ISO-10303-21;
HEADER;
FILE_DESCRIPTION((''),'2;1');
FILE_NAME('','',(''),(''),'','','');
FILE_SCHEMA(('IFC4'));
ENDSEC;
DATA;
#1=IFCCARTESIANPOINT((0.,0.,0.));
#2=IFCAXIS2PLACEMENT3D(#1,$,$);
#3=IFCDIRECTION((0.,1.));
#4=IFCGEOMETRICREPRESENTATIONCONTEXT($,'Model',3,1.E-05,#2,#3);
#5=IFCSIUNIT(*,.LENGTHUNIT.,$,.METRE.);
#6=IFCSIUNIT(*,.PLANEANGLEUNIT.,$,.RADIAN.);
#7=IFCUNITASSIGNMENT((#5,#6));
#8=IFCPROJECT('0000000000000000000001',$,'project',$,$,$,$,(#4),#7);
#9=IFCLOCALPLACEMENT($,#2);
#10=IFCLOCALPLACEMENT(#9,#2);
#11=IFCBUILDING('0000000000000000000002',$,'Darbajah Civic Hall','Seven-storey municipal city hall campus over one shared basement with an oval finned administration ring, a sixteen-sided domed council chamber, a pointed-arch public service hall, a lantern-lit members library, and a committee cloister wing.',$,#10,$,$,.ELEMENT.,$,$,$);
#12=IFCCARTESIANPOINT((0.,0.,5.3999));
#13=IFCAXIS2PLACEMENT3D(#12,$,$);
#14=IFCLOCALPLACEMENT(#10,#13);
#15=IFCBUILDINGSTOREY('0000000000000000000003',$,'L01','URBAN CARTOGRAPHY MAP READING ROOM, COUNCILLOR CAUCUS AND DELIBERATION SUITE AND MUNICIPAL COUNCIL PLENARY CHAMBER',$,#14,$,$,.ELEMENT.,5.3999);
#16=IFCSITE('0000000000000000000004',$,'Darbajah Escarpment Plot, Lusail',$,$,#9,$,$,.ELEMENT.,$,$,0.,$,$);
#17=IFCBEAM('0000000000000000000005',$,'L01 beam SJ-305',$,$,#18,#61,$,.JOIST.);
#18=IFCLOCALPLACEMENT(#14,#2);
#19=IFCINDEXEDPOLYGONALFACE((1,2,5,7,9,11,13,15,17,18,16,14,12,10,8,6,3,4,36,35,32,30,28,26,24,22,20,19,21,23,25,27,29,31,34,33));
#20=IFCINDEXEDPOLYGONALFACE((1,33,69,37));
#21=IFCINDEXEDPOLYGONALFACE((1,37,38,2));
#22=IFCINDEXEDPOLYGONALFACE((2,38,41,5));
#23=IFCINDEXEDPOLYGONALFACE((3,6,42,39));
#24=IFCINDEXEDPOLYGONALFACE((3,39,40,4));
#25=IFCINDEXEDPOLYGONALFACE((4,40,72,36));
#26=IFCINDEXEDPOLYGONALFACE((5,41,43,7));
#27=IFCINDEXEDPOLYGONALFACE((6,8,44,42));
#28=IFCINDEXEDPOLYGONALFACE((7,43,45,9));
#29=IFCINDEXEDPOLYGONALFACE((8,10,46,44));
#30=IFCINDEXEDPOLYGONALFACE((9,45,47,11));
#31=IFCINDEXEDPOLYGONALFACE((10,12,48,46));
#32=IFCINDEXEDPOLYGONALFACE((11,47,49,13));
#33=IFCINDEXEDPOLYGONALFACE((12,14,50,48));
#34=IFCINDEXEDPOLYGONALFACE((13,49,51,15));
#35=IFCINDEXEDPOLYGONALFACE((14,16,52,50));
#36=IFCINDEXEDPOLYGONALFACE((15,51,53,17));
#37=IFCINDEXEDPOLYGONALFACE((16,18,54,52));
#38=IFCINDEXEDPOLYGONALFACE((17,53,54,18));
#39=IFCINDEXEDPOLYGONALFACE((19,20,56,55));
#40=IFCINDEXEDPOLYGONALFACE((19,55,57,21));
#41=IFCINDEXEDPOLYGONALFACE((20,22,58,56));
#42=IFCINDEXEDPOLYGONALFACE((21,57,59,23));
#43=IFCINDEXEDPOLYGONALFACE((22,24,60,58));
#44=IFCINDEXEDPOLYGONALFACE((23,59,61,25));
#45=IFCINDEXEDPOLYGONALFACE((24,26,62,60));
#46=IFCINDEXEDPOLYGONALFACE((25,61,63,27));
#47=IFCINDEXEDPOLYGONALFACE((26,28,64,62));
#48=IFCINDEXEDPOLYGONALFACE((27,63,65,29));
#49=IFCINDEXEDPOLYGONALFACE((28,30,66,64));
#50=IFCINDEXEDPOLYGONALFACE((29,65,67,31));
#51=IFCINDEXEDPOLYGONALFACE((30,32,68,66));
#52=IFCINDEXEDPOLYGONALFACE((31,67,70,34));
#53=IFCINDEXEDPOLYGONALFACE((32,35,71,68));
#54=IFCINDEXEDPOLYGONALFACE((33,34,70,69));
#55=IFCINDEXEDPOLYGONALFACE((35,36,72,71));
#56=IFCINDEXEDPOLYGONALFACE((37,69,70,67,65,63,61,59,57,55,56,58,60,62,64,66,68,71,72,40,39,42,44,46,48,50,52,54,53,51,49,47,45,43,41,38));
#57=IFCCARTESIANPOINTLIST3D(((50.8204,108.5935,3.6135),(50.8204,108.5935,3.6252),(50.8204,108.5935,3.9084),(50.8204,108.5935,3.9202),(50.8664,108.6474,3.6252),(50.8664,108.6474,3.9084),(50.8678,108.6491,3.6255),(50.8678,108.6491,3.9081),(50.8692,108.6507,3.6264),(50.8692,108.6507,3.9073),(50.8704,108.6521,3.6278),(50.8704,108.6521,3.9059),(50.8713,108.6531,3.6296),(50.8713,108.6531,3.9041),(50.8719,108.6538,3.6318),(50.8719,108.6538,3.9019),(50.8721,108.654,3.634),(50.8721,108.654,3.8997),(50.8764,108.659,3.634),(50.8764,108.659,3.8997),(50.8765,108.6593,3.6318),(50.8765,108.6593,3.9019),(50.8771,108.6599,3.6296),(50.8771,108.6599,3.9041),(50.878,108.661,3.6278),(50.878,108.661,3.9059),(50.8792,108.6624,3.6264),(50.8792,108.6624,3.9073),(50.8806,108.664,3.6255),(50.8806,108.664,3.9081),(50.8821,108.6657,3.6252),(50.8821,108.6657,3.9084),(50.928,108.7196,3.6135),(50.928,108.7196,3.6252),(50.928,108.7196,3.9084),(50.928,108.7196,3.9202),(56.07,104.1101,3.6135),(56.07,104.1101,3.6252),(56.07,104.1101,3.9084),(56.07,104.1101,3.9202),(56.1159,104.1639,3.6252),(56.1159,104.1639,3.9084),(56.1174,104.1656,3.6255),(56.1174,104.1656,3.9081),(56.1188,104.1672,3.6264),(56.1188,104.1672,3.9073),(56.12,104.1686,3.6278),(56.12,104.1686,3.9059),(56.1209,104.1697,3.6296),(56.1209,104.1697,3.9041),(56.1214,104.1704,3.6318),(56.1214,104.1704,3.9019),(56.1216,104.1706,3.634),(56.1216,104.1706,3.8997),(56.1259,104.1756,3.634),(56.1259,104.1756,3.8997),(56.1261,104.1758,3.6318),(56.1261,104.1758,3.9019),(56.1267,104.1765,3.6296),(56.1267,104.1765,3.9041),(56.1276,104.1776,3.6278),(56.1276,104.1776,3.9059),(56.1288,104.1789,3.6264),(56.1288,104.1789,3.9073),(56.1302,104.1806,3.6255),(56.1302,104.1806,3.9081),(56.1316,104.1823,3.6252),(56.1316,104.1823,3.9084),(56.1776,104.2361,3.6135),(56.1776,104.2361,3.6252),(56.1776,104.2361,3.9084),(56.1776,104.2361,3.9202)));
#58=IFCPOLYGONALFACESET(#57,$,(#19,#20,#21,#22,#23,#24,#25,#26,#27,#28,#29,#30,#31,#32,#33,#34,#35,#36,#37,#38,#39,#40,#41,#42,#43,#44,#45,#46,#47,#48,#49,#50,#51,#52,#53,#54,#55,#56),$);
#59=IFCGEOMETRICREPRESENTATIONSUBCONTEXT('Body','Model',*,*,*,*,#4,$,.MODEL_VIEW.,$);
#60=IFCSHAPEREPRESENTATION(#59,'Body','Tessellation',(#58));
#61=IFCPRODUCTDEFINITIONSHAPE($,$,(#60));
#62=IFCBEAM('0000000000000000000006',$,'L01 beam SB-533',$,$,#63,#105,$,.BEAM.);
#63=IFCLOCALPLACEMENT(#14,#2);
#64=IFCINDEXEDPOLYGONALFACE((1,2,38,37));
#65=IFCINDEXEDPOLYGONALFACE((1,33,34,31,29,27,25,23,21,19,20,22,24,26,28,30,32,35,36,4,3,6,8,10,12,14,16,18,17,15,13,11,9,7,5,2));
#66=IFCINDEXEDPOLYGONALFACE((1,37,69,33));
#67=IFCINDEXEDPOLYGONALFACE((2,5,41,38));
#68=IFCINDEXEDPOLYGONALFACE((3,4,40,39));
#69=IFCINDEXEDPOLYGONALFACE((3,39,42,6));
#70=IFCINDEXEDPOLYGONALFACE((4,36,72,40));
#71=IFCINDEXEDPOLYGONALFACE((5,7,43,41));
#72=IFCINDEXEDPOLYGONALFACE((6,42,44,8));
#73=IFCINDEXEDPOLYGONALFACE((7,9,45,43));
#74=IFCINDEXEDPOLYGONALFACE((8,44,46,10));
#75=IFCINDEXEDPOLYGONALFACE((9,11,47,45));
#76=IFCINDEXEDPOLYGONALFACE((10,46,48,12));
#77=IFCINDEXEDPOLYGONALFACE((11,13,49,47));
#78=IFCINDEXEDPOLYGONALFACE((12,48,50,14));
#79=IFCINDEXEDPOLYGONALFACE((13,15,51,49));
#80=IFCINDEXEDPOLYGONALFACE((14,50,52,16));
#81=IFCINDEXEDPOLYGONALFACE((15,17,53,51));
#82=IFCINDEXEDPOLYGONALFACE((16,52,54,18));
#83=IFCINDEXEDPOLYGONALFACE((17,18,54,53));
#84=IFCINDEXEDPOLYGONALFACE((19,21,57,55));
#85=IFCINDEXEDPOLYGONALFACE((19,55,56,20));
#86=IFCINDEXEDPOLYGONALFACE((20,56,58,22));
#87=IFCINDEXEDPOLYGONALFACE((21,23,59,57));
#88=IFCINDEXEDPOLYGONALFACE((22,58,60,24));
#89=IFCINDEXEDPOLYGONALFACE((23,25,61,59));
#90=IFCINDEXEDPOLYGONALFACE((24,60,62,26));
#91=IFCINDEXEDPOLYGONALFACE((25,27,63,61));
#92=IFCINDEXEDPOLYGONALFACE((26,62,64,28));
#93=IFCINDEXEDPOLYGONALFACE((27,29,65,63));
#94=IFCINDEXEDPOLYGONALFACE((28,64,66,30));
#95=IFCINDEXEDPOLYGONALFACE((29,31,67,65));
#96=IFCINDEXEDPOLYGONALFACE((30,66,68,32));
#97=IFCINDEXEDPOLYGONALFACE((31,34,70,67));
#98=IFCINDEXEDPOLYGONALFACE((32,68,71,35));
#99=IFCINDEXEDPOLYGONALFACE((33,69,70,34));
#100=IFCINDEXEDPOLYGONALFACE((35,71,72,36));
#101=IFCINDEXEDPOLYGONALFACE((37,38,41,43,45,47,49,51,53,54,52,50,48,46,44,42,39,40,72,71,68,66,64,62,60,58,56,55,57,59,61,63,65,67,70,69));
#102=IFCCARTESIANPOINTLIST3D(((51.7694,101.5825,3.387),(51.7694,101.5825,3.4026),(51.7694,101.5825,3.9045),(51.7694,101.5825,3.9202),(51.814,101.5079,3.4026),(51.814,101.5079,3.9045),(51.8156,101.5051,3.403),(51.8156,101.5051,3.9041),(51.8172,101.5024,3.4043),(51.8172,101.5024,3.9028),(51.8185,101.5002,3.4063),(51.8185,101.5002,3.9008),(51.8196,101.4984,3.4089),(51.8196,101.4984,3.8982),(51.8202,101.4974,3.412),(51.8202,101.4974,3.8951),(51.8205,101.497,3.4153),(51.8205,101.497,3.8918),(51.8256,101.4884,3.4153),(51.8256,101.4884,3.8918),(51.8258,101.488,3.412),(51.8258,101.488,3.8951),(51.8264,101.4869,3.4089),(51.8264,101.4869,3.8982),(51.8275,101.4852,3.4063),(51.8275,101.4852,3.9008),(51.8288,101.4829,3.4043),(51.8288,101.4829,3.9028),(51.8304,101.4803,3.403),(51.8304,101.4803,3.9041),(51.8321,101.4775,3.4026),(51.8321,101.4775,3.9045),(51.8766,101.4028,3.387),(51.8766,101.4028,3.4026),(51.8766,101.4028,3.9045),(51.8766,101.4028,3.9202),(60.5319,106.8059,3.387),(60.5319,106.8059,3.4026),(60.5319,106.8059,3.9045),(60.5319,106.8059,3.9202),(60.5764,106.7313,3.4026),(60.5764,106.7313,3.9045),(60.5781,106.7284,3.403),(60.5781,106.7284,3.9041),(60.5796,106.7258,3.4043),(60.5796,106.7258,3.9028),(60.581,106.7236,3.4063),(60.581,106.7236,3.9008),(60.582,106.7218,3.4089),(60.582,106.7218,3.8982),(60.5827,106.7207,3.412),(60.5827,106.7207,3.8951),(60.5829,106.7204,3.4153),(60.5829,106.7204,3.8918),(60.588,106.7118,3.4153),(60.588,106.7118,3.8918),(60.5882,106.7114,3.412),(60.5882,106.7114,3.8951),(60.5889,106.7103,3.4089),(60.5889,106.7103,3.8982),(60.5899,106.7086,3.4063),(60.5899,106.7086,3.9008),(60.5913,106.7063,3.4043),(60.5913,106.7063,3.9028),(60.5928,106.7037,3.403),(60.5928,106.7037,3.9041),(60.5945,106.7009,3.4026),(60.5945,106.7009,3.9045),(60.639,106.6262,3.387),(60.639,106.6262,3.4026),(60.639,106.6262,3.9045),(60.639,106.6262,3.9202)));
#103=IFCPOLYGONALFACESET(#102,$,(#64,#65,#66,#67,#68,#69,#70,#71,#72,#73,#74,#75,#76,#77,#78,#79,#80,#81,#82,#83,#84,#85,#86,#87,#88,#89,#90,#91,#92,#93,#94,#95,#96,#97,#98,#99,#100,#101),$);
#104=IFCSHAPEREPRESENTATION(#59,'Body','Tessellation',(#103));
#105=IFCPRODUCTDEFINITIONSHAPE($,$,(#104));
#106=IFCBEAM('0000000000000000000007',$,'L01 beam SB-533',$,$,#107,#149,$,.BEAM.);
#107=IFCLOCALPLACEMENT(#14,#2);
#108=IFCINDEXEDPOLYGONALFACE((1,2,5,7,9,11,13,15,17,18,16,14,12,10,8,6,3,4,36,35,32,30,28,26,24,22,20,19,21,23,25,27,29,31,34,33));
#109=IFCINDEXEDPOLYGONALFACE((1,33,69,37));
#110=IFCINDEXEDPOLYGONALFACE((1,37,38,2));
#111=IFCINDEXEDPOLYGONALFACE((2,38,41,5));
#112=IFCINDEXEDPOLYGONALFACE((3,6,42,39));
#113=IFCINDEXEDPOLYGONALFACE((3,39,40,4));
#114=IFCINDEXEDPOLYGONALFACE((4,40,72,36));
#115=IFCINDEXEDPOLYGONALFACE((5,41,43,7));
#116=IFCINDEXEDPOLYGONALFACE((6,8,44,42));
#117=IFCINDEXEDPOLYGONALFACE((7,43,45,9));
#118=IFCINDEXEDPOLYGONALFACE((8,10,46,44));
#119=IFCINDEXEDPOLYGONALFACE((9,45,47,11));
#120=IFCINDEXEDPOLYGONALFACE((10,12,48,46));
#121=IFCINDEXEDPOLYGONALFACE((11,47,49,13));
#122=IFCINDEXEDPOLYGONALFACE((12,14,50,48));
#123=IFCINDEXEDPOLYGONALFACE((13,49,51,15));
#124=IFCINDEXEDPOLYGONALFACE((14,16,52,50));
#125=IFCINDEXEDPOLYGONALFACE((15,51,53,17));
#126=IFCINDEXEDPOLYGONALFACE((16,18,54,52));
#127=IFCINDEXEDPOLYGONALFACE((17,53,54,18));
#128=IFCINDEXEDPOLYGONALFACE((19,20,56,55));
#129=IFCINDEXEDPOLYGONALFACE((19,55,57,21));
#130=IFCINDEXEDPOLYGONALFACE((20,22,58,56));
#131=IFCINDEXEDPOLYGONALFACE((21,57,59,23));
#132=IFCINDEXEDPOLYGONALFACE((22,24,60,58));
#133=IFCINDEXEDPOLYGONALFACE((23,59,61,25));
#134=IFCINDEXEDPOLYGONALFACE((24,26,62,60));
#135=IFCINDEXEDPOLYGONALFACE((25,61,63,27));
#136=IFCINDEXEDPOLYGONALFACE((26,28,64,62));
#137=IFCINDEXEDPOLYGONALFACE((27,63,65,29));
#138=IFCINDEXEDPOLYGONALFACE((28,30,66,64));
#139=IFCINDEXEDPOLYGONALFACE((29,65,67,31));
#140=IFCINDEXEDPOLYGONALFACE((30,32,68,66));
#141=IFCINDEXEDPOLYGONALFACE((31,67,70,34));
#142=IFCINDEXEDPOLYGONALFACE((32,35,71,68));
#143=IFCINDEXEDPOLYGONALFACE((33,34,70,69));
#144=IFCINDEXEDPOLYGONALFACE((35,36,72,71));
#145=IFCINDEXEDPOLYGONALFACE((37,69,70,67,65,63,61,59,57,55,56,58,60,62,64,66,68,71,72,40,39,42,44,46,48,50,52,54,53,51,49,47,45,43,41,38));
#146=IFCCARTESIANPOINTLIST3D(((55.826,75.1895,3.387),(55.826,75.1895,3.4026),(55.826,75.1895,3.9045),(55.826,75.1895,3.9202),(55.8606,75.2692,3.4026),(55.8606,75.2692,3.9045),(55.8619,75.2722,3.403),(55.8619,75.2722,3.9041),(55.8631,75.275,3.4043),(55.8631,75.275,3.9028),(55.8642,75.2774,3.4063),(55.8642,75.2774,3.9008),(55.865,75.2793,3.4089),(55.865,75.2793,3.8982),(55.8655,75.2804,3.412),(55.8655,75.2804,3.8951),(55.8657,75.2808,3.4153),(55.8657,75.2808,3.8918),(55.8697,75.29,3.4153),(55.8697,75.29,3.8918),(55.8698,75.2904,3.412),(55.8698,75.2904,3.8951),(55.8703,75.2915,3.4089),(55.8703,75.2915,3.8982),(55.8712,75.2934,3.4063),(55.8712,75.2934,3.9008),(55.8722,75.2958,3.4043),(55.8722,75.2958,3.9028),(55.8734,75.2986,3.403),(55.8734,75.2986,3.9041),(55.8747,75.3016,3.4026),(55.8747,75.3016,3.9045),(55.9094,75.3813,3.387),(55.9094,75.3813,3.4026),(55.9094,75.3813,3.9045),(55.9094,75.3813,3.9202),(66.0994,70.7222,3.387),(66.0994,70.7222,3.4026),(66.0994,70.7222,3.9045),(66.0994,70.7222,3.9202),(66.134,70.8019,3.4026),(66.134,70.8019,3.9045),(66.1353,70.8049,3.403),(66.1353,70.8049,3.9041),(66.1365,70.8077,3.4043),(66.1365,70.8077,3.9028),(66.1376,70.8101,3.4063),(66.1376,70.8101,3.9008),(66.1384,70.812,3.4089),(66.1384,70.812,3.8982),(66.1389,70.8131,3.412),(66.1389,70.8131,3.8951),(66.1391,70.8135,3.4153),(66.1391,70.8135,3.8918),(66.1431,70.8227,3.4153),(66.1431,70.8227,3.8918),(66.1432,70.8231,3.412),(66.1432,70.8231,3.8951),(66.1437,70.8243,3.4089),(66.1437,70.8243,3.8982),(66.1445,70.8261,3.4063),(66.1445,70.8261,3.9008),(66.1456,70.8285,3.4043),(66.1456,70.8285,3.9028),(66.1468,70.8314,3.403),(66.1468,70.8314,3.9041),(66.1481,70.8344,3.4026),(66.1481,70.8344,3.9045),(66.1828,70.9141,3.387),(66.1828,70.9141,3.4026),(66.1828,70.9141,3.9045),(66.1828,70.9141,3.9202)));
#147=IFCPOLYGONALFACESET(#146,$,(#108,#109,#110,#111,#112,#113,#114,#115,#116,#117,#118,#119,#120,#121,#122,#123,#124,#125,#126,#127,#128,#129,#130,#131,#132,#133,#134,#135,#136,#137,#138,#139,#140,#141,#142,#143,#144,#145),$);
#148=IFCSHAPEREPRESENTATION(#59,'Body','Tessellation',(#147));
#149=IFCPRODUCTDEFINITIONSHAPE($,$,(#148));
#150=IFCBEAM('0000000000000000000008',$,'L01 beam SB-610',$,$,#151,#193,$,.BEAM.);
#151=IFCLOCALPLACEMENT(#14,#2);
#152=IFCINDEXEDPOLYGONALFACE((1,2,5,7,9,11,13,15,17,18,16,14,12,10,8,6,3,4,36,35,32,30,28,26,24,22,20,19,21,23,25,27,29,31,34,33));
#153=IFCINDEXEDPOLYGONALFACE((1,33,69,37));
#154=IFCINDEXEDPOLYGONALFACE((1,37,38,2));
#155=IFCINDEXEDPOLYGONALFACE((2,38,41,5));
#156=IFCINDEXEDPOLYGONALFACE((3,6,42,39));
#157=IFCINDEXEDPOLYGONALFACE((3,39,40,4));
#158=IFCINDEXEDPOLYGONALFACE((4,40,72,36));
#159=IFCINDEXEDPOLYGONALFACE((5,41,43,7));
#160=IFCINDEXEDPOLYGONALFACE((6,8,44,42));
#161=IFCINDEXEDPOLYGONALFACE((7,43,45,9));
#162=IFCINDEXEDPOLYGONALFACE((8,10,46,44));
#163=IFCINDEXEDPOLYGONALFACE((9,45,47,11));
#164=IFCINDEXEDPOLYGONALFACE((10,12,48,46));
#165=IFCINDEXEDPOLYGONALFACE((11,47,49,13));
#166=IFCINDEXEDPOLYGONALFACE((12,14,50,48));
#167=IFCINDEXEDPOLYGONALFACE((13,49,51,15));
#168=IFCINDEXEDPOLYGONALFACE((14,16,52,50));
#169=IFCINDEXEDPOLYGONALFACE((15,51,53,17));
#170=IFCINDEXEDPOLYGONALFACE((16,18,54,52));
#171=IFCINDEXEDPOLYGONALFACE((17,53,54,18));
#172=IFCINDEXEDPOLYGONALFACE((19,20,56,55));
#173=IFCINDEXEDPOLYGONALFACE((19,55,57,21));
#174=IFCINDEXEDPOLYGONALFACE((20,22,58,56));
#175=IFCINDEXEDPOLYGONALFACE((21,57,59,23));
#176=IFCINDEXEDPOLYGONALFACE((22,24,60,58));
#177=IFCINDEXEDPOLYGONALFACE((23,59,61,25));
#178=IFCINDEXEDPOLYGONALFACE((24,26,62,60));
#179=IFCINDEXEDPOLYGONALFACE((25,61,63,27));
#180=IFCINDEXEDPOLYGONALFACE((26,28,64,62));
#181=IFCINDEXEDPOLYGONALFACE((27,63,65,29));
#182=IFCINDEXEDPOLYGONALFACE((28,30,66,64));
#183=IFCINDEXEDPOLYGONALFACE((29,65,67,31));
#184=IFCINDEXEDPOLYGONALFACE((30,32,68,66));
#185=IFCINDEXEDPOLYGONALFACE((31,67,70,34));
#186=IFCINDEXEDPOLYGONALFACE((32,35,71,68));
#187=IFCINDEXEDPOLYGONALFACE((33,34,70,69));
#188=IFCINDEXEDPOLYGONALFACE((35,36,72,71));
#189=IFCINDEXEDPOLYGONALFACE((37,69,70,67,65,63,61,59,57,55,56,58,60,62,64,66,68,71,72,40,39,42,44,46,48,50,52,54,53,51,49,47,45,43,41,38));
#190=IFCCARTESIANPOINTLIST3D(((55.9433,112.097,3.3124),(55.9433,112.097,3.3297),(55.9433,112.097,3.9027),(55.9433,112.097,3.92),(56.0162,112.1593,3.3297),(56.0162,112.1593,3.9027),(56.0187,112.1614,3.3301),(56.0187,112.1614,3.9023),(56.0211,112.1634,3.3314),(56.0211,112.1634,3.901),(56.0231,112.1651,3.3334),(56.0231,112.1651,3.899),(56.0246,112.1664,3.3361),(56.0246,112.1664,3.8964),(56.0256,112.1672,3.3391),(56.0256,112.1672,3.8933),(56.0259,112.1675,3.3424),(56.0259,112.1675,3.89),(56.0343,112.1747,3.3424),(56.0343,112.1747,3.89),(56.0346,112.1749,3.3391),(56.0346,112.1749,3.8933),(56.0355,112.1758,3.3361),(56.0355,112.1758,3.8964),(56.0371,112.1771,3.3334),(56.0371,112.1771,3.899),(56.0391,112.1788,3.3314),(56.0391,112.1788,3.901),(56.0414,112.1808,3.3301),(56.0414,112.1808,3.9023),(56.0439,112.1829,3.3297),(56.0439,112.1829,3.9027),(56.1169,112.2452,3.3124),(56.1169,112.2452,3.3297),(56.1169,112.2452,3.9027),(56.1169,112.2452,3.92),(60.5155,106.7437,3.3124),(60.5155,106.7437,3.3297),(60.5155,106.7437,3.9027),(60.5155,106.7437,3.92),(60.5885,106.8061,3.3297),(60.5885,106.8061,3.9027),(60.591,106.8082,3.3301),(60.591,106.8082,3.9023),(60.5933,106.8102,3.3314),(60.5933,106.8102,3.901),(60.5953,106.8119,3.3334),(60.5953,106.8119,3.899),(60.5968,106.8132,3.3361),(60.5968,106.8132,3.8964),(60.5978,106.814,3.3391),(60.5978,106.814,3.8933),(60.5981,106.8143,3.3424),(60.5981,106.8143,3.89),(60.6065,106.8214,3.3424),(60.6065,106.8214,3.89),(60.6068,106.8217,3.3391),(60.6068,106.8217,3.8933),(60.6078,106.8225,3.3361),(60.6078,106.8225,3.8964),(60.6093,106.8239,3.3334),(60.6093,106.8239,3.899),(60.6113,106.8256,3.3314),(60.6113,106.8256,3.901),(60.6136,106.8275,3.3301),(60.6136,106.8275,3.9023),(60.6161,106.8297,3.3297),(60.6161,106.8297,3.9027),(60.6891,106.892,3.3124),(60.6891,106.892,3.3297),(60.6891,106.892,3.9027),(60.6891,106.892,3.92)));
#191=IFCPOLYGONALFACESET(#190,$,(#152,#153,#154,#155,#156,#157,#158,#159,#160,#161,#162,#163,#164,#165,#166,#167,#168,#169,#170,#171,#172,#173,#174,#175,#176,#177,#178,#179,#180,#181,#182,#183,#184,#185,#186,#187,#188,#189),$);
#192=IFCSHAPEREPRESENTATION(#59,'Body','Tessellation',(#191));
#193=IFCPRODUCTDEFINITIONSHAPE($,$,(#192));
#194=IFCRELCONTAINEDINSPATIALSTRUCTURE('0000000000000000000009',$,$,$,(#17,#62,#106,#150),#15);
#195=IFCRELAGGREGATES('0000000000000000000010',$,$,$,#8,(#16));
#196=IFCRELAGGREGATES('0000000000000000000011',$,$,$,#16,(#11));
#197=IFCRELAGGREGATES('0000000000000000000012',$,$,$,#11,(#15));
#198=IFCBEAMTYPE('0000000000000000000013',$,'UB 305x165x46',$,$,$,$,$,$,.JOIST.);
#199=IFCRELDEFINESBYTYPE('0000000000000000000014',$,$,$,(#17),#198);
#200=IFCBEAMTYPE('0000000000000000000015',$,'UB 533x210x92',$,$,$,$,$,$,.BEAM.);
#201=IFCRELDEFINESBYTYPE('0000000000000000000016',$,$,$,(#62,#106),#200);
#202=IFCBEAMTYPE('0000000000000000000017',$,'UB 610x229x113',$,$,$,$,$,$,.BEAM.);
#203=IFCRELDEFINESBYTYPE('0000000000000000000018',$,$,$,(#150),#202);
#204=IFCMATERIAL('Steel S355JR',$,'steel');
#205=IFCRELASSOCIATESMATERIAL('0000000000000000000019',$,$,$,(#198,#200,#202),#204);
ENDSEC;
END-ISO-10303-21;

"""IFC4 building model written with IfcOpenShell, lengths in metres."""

from ifc_helpers import new_model, si_unit, direction, frame, origin, origin_2d, place, context, subcontext, project, spatial, i_section, extrude, material, material_profile, profile_set, type_object, element, save


model = new_model("IFC4")

# Units and contexts
model_context = context("Model", 3, precision=1e-05, world=origin(), true_north=direction((0.0, 1.0)))
body_context = subcontext(model_context, "Body", "Model", "MODEL_VIEW")
ifc_project = project(units=[si_unit("LENGTHUNIT", "METRE"), si_unit("PLANEANGLEUNIT", "RADIAN")], contexts=[model_context])

# Site, building, storey
site_placement = place(None, origin())
site = spatial("IfcSite", under=ifc_project, at=site_placement, Name="Darbajah Escarpment Plot, Lusail", CompositionType="ELEMENT", RefElevation=0.0)
building_placement = place(site_placement, origin())
building = spatial("IfcBuilding", under=site, at=building_placement, Name="Darbajah Civic Hall", Description="Seven-storey municipal city hall campus over one shared basement with an oval finned administration ring, a sixteen-sided domed council chamber, a pointed-arch public service hall, a lantern-lit members library, and a committee cloister wing.", CompositionType="ELEMENT")
storey_placement = place(building_placement, frame((0.0, 0.0, 5.3999)))
storey = spatial("IfcBuildingStorey", under=building, at=storey_placement, Name="L01", Description="URBAN CARTOGRAPHY MAP READING ROOM, COUNCILLOR CAUCUS AND DELIBERATION SUITE AND MUNICIPAL COUNCIL PLENARY CHAMBER", CompositionType="ELEMENT", Elevation=5.3999)

# Beams
ifc_material_1 = material(Name="Steel S355JR", Category="steel")
ifc_material_profile_1 = material_profile(ifc_material_1, i_section(OverallWidth=0.1658, OverallDepth=0.3066, WebThickness=0.0066, FlangeThickness=0.0117, FilletRadius=0.0088, at=origin_2d()), Name="UB 305x165x46")
ifc_profile_set_1 = profile_set([ifc_material_profile_1], Name="Steel S355JR")
beam_type_1 = type_object("IfcBeamType", Name="UB 305x165x46", PredefinedType="JOIST", material=ifc_profile_set_1)
beam_1_placement = place(storey_placement, frame((56.1238, 104.1731, 3.7668), z_axis=(-0.760414, 0.649439, 0.0), x_axis=(-0.649439, -0.760414, 0.0)))
element("IfcBeam", 1, at=beam_1_placement, inside=storey, type_object=beam_type_1, Name="L01 beam SJ-305", PredefinedType="JOIST", context=body_context, shape_type="SweptSolid", body=[
    extrude(i_section(OverallWidth=0.1658, OverallDepth=0.3066, WebThickness=0.0066, FlangeThickness=0.0117, FilletRadius=0.0088, at=origin_2d()), origin(), (0.0, 0.0, 1.0), 6.9036),
])
ifc_material_profile_2 = material_profile(ifc_material_1, i_section(OverallWidth=0.2092, OverallDepth=0.5332, WebThickness=0.01, FlangeThickness=0.0156, FilletRadius=0.0127, at=origin_2d()), Name="UB 533x210x92")
ifc_profile_set_2 = profile_set([ifc_material_profile_2], Name="Steel S355JR")
beam_type_2 = type_object("IfcBeamType", Name="UB 533x210x92", PredefinedType="BEAM", material=ifc_profile_set_2)
beam_2_placement = place(storey_placement, frame((60.5854, 106.7161, 3.6536), z_axis=(-0.858963, -0.512037, 0.0), x_axis=(0.512037, -0.858963, 0.0)))
element("IfcBeam", 2, at=beam_2_placement, inside=storey, type_object=beam_type_2, Name="L01 beam SB-533", PredefinedType="BEAM", context=body_context, shape_type="SweptSolid", body=[
    extrude(i_section(OverallWidth=0.2092, OverallDepth=0.5332, WebThickness=0.01, FlangeThickness=0.0156, FilletRadius=0.0127, at=origin_2d()), origin(), (0.0, 0.0, 1.0), 10.2012),
])
beam_3_placement = place(storey_placement, frame((55.8677, 75.2854, 3.6536), z_axis=(0.917051, -0.398769, 0.0), x_axis=(0.398769, 0.917051, 0.0)))
element("IfcBeam", 3, at=beam_3_placement, inside=storey, type_object=beam_type_2, Name="L01 beam SB-533", PredefinedType="BEAM", context=body_context, shape_type="SweptSolid", body=[
    extrude(i_section(OverallWidth=0.2092, OverallDepth=0.5332, WebThickness=0.01, FlangeThickness=0.0156, FilletRadius=0.0127, at=origin_2d()), origin(), (0.0, 0.0, 1.0), 11.2026),
])
ifc_material_profile_3 = material_profile(ifc_material_1, i_section(OverallWidth=0.2283, OverallDepth=0.6077, WebThickness=0.011, FlangeThickness=0.0173, FilletRadius=0.0127, at=origin_2d()), Name="UB 610x229x113")
ifc_profile_set_3 = profile_set([ifc_material_profile_3], Name="Steel S355JR")
beam_type_3 = type_object("IfcBeamType", Name="UB 610x229x113", PredefinedType="BEAM", material=ifc_profile_set_3)
for number, where, z_axis, x_axis, name in (
    (4, (60.6023, 106.8179, 3.6162), (-0.64946, 0.760396, 0.0), (-0.760396, -0.64946, 0.0), "L01 beam SB-610"),
):
    element("IfcBeam", number, at=place(storey_placement, frame(where, z_axis=z_axis, x_axis=x_axis)), inside=storey, type_object=beam_type_3, Name=name, PredefinedType="BEAM", context=body_context, shape_type="SweptSolid", body=[
        extrude(i_section(OverallWidth=0.2283, OverallDepth=0.6077, WebThickness=0.011, FlangeThickness=0.0173, FilletRadius=0.0127, at=origin_2d()), origin(), (0.0, 0.0, 1.0), 7.04),
    ])

save(model, "model.ifc")
